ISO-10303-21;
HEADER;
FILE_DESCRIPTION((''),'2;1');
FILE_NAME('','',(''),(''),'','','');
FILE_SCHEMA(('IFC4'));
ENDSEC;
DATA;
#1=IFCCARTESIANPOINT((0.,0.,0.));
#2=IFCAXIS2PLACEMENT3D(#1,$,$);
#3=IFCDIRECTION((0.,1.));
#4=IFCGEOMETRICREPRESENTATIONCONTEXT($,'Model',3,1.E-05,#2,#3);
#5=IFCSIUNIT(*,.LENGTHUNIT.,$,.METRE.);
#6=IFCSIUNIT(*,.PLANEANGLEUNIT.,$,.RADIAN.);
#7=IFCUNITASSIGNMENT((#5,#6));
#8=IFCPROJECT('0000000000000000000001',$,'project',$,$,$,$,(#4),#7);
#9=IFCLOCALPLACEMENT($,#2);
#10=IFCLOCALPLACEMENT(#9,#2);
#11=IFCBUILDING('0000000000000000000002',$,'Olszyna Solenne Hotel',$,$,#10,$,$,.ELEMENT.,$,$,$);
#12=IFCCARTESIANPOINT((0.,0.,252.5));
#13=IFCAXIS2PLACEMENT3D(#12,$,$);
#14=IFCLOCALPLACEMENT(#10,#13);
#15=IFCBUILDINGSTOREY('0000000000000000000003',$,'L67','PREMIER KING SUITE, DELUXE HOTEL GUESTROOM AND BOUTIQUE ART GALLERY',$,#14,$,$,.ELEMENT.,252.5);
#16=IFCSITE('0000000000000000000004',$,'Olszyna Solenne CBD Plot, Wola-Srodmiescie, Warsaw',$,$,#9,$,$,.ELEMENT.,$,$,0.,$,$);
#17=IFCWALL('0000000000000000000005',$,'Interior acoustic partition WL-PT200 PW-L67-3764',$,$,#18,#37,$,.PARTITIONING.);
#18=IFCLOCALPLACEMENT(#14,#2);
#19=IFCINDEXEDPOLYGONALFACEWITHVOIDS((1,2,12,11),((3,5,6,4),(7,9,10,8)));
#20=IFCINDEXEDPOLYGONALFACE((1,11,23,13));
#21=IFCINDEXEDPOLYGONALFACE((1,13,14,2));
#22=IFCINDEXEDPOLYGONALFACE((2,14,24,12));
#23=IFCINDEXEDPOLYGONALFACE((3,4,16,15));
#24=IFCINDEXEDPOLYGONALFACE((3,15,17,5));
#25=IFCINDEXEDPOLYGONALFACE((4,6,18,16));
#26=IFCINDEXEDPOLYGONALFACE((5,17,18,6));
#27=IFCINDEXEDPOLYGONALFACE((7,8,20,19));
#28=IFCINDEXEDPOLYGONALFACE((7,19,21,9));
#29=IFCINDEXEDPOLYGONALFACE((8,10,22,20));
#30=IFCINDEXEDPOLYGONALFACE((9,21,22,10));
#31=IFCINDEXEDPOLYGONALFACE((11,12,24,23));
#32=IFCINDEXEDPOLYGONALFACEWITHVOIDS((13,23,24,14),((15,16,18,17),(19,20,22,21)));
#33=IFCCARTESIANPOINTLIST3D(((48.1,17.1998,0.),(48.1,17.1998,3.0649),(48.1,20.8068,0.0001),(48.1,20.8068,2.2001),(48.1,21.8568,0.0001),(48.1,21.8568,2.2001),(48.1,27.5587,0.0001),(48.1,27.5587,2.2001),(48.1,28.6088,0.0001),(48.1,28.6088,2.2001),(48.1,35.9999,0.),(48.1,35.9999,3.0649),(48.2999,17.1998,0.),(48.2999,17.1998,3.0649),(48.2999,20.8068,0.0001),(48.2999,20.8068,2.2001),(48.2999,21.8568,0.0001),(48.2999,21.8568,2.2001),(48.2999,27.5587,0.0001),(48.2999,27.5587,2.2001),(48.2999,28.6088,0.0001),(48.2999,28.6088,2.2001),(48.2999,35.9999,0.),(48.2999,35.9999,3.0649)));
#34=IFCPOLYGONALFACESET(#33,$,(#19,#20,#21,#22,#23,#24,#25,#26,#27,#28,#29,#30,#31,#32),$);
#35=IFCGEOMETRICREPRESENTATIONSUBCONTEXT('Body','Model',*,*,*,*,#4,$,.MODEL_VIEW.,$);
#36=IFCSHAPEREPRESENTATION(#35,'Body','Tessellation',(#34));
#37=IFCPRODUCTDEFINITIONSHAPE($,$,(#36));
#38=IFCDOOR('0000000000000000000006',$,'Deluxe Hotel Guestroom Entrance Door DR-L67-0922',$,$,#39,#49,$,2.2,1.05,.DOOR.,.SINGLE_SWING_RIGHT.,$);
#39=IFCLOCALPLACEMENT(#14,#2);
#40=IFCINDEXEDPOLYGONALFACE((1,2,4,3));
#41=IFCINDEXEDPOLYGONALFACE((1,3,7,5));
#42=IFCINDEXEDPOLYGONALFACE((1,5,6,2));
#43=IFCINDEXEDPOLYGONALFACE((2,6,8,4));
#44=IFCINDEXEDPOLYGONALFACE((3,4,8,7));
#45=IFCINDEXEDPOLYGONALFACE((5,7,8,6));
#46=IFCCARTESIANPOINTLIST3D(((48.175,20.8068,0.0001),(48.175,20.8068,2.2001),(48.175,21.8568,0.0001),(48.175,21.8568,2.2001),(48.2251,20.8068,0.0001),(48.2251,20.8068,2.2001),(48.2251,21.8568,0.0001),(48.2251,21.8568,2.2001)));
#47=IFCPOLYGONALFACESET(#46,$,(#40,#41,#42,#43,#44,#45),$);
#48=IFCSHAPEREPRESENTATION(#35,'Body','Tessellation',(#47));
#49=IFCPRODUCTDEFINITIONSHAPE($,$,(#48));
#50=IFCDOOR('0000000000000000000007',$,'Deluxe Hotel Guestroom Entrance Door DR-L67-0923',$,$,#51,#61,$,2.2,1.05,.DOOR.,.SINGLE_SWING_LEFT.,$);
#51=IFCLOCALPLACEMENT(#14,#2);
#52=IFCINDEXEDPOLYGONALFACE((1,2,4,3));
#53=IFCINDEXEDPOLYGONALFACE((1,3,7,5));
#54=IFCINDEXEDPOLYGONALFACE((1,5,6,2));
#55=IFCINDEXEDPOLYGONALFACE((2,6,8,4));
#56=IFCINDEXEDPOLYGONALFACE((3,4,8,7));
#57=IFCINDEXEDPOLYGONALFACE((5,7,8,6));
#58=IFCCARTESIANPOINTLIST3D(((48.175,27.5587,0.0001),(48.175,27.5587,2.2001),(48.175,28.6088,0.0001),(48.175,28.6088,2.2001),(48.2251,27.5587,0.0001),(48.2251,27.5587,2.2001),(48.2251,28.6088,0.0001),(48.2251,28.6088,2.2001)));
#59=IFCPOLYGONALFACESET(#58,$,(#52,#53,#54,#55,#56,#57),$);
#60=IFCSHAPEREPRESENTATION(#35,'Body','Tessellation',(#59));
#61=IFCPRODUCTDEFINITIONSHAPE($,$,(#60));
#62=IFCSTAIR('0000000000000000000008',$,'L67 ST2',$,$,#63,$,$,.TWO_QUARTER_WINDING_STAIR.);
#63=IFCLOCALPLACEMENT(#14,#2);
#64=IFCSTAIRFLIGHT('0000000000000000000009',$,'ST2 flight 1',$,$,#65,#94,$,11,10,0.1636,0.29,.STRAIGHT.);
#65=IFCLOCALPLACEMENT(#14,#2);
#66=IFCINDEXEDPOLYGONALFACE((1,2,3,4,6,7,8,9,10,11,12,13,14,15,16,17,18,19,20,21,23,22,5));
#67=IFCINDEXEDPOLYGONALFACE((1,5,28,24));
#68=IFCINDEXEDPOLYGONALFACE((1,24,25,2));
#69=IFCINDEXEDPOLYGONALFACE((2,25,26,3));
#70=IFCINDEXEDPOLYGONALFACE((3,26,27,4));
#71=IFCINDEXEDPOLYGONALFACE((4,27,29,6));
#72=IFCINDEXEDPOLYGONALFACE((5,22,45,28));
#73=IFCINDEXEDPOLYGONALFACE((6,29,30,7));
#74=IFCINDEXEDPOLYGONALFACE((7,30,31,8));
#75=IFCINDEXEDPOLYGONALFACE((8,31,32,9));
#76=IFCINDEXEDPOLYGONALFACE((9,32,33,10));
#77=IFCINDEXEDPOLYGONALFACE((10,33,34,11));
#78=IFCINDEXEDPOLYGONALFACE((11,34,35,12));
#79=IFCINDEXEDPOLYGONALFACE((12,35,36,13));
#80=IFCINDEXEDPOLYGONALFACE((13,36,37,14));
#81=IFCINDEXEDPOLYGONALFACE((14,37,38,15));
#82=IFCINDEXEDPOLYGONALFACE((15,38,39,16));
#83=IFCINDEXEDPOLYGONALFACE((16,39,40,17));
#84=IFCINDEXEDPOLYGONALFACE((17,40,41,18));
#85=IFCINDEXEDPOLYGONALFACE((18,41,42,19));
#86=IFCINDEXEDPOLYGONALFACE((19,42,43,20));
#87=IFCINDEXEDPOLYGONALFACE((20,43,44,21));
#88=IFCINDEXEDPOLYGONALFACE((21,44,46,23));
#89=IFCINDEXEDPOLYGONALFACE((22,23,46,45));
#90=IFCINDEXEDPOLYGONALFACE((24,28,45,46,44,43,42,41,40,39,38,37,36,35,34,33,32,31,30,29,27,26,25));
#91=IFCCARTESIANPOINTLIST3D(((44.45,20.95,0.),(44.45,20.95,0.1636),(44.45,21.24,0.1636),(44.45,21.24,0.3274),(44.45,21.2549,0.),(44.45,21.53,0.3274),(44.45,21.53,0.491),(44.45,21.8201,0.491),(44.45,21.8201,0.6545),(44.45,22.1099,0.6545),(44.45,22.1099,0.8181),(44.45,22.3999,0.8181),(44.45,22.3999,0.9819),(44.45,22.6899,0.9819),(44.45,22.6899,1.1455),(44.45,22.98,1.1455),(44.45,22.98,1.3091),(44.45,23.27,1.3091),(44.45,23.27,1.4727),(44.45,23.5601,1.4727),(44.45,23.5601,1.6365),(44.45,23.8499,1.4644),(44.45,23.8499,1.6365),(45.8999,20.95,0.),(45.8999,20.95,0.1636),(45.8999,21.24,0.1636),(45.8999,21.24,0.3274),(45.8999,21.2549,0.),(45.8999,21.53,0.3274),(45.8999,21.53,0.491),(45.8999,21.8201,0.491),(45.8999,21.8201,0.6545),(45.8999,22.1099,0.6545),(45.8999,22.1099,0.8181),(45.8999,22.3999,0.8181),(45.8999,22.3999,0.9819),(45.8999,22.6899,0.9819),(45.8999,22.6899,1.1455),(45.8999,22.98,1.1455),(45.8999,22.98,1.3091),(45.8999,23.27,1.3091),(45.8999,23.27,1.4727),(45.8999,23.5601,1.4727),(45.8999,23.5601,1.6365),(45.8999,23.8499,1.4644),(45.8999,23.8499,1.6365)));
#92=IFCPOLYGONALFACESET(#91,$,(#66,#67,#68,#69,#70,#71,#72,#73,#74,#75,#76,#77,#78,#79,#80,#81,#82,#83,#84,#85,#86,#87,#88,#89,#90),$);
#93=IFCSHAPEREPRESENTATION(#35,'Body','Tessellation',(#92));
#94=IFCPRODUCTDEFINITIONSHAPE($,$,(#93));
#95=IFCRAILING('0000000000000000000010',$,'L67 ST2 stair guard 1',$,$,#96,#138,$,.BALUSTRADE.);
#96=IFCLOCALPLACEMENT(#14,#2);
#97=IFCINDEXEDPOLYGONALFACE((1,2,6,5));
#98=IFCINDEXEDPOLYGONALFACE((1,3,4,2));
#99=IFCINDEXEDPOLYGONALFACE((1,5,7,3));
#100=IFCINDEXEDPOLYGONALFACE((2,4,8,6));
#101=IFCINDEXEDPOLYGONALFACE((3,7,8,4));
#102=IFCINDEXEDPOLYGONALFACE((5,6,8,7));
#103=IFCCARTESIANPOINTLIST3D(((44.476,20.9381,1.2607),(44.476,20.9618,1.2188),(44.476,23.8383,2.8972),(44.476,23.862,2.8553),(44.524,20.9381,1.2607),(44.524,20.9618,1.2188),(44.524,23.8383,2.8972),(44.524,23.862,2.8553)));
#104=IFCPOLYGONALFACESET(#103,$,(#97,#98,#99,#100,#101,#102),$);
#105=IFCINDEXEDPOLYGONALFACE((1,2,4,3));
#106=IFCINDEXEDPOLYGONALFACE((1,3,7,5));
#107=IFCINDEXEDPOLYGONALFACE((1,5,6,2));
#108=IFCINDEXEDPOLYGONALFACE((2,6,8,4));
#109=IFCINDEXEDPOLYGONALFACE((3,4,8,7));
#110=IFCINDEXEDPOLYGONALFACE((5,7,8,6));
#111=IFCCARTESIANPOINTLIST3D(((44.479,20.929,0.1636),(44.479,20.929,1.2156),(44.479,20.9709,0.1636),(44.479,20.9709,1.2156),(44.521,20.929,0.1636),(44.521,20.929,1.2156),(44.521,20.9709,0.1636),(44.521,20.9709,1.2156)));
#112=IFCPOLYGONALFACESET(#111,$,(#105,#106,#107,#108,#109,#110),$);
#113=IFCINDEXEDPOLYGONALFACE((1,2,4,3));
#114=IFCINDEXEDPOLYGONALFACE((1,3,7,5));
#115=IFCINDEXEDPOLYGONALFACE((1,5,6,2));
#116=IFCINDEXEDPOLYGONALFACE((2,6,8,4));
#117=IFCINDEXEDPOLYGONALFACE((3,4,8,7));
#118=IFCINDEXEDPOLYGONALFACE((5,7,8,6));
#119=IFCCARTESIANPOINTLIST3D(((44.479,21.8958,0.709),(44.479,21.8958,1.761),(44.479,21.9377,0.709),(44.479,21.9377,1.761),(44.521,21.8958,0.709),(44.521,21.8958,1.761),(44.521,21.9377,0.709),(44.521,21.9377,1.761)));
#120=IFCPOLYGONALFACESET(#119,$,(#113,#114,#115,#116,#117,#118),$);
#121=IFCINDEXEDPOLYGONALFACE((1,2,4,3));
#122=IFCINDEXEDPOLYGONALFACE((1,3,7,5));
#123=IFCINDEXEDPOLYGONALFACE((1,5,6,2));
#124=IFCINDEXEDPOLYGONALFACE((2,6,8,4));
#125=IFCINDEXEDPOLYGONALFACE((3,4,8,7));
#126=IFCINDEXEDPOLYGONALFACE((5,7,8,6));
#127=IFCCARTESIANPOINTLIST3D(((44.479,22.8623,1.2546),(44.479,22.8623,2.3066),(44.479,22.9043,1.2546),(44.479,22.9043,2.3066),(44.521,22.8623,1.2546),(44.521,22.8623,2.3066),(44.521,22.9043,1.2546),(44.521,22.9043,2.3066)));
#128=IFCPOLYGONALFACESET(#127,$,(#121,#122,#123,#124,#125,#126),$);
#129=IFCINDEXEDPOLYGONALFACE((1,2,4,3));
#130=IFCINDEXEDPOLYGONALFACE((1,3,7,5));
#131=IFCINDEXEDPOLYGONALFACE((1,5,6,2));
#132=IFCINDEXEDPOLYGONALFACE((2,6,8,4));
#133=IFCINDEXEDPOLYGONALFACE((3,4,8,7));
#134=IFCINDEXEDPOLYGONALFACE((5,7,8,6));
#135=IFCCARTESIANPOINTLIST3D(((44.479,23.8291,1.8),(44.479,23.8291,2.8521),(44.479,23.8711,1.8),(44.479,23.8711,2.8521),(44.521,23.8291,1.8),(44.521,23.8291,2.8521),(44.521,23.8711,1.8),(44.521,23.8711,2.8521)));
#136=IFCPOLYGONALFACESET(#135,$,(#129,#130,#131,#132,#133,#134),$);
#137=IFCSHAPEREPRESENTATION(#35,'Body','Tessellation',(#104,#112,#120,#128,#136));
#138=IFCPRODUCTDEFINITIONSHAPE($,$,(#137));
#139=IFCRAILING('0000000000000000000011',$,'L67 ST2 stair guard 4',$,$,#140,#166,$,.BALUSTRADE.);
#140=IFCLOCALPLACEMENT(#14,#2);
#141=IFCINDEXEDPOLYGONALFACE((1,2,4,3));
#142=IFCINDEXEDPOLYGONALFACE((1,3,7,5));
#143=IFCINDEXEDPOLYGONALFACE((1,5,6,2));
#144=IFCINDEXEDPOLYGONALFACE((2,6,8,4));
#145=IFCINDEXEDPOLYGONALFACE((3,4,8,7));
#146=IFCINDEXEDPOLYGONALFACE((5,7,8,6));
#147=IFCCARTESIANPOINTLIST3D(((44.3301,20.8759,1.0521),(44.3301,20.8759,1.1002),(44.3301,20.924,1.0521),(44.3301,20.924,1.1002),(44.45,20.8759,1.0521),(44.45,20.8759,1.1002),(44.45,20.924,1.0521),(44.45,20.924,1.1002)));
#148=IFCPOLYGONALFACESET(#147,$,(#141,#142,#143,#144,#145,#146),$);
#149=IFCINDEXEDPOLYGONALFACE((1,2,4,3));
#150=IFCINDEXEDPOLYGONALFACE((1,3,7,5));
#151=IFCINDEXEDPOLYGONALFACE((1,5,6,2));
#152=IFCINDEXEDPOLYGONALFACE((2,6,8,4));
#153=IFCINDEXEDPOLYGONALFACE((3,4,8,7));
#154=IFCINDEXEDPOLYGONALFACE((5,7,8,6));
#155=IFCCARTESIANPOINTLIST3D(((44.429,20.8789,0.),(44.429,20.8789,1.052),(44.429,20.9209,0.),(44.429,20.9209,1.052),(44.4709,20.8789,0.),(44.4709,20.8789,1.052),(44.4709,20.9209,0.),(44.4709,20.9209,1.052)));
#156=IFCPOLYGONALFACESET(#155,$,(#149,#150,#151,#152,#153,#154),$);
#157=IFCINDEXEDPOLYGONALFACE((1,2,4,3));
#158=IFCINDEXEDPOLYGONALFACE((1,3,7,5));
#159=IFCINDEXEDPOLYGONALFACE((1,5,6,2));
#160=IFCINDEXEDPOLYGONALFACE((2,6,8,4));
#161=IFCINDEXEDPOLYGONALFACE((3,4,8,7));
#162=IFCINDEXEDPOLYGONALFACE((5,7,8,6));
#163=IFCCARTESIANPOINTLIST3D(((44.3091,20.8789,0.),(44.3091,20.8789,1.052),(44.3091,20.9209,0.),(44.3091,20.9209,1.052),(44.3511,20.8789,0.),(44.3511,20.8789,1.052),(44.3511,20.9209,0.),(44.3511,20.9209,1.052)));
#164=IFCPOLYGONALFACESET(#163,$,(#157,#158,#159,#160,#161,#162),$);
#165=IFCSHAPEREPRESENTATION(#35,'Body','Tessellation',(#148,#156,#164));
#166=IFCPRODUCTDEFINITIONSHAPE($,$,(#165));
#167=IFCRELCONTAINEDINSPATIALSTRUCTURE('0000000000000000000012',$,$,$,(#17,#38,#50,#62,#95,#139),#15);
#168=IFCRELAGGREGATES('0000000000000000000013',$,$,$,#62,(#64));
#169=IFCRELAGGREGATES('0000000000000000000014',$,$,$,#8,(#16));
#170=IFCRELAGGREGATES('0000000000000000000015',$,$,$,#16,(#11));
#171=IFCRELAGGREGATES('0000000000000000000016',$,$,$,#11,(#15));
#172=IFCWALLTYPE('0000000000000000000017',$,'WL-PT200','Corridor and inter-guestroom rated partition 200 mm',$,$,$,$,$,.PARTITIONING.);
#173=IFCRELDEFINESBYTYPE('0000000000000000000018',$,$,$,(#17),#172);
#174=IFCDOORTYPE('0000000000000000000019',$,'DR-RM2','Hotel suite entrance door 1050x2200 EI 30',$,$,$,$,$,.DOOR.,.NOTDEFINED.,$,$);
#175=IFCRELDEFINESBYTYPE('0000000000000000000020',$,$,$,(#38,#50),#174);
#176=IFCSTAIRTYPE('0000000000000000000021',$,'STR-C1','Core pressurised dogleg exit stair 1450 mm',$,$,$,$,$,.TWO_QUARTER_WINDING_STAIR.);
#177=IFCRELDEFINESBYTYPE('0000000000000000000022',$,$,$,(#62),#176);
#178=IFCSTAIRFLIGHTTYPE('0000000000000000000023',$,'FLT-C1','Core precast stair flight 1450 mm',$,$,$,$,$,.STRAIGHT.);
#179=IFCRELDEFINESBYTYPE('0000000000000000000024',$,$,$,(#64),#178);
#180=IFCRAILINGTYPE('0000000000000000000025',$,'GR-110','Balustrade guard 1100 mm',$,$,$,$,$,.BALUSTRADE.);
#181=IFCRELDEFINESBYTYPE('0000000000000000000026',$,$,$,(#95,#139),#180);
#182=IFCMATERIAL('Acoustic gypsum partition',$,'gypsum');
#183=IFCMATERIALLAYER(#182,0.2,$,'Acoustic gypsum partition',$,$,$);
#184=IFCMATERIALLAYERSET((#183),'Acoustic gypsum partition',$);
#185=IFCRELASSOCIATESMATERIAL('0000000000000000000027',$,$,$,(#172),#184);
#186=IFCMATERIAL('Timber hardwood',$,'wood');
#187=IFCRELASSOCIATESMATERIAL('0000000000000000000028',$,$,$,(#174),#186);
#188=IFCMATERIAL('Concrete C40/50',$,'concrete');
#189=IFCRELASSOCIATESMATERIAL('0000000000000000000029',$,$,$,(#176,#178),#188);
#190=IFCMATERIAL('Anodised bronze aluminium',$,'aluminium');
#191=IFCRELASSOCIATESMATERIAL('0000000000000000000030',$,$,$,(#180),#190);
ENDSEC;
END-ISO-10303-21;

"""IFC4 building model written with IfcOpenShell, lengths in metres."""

from ifc_helpers import new_model, si_unit, direction, frame, frame_2d, origin, origin_2d, place, context, subcontext, project, spatial, polyline, rectangle, outline, extrude, source, transform, mapped, material, layer, layer_set, type_object, type_shapes, element, fill, aggregate, save


model = new_model("IFC4")

# Units and contexts
model_context = context("Model", 3, precision=1e-05, world=origin(), true_north=direction((0.0, 1.0)))
body_context = subcontext(model_context, "Body", "Model", "MODEL_VIEW")
ifc_project = project(units=[si_unit("LENGTHUNIT", "METRE"), si_unit("PLANEANGLEUNIT", "RADIAN")], contexts=[model_context])

# Site, building, storey
site_placement = place(None, origin())
site = spatial("IfcSite", under=ifc_project, at=site_placement, Name="Olszyna Solenne CBD Plot, Wola-Srodmiescie, Warsaw", CompositionType="ELEMENT", RefElevation=0.0)
building_placement = place(site_placement, origin())
building = spatial("IfcBuilding", under=site, at=building_placement, Name="Olszyna Solenne Hotel", CompositionType="ELEMENT")
storey_placement = place(building_placement, frame((0.0, 0.0, 252.5)))
storey = spatial("IfcBuildingStorey", under=building, at=storey_placement, Name="L67", Description="PREMIER KING SUITE, DELUXE HOTEL GUESTROOM AND BOUTIQUE ART GALLERY", CompositionType="ELEMENT", Elevation=252.5)

# Shared definitions
ifc_material_1 = material(Name="Acoustic gypsum partition", Category="gypsum")

# Shared definitions
ifc_material_2 = material(Name="Timber hardwood", Category="wood")

# Shared definitions
ifc_layer_1 = layer(ifc_material_1, 0.2, Name="Acoustic gypsum partition")
ifc_layer_set_1 = layer_set([ifc_layer_1], Name="Acoustic gypsum partition")
wall_type_1 = type_object("IfcWallType", Name="WL-PT200", Description="Corridor and inter-guestroom rated partition 200 mm", PredefinedType="PARTITIONING", material=ifc_layer_set_1)

# Wall, openings, doors
wall_1_placement = place(storey_placement, frame((48.2, 17.2, 0.0), z_axis=(0.0, 0.0, 1.0), x_axis=(0.0, 1.0, 0.0)))
wall_1 = element("IfcWall", 1, at=wall_1_placement, inside=storey, type_object=wall_type_1, Name="Interior acoustic partition WL-PT200 PW-L67-3764", PredefinedType="PARTITIONING", context=body_context, shape_type="SweptSolid", body=[
    extrude(rectangle(XDim=18.8, YDim=0.2, at=frame_2d((9.3999, 0.0))), origin(), (0.0, 0.0, 1.0), 3.0649),
])
opening_1_placement = place(wall_1_placement, frame((3.6069, 0.0, 0.0)))
opening_1 = element("IfcOpeningElement", 2, at=opening_1_placement, cuts=wall_1, PredefinedType="OPENING", context=body_context, shape_type="SweptSolid", body=[
    extrude(rectangle(XDim=1.05, YDim=2.2, at=frame_2d((0.5249, 1.1001))), frame((0.0, 0.1099, 0.0), z_axis=(0.0, -1.0, 0.0), x_axis=(1.0, 0.0, 0.0)), (0.0, 0.0, 1.0), 0.22),
])
opening_2_placement = place(wall_1_placement, frame((10.3589, 0.0, 0.0)))
opening_2 = element("IfcOpeningElement", 3, at=opening_2_placement, cuts=wall_1, PredefinedType="OPENING", context=body_context, shape_type="SweptSolid", body=[
    extrude(rectangle(XDim=1.05, YDim=2.2, at=frame_2d((0.5249, 1.1001))), frame((0.0, 0.1099, 0.0), z_axis=(0.0, -1.0, 0.0), x_axis=(1.0, 0.0, 0.0)), (0.0, 0.0, 1.0), 0.22),
])
door_type_1 = type_object("IfcDoorType", Name="DR-RM2", Description="Hotel suite entrance door 1050x2200 EI 30", OperationType="NOTDEFINED", PredefinedType="DOOR", material=ifc_material_2)
shared_shape_1 = source(origin(), body_context, "Body", "SweptSolid", [
    extrude(rectangle(XDim=1.05, YDim=2.2, at=frame_2d((0.5249, 1.1001))), frame((0.0, 0.0249, 0.0), z_axis=(0.0, -1.0, 0.0), x_axis=(1.0, 0.0, 0.0)), (0.0, 0.0, 1.0), 0.05),
])
type_shapes(door_type_1, [shared_shape_1])
door_1_placement = place(opening_1_placement, origin())
door_1 = element("IfcDoor", 4, at=door_1_placement, inside=storey, type_object=door_type_1, Name="Deluxe Hotel Guestroom Entrance Door DR-L67-0922", OperationType="SINGLE_SWING_RIGHT", OverallHeight=2.2, OverallWidth=1.05, PredefinedType="DOOR", context=body_context, shape_type="MappedRepresentation", body=[
    mapped(shared_shape_1, transform((0.0, 0.0, 0.0), x_axis=(1.0, 0.0, 0.0), y_axis=(0.0, 1.0, 0.0), z_axis=(0.0, 0.0, 1.0), scale=1.0)),
])
fill(opening_1, door_1)
door_2_placement = place(opening_2_placement, origin())
door_2 = element("IfcDoor", 5, at=door_2_placement, inside=storey, type_object=door_type_1, Name="Deluxe Hotel Guestroom Entrance Door DR-L67-0923", OperationType="SINGLE_SWING_LEFT", OverallHeight=2.2, OverallWidth=1.05, PredefinedType="DOOR", context=body_context, shape_type="MappedRepresentation", body=[
    mapped(shared_shape_1, transform((0.0, 0.0, 0.0), x_axis=(1.0, 0.0, 0.0), y_axis=(0.0, 1.0, 0.0), z_axis=(0.0, 0.0, 1.0), scale=1.0)),
])
fill(opening_2, door_2)

# Stair, stair flight
ifc_material_3 = material(Name="Concrete C40/50", Category="concrete")
stair_type = type_object("IfcStairType", Name="STR-C1", Description="Core pressurised dogleg exit stair 1450 mm", PredefinedType="TWO_QUARTER_WINDING_STAIR", material=ifc_material_3)
stair_placement = place(storey_placement, origin())
stair = element("IfcStair", 6, at=stair_placement, inside=storey, type_object=stair_type, Name="L67 ST2", PredefinedType="TWO_QUARTER_WINDING_STAIR")
stair_flight_type = type_object("IfcStairFlightType", Name="FLT-C1", Description="Core precast stair flight 1450 mm", PredefinedType="STRAIGHT", material=ifc_material_3)
stair_flight_placement = place(storey_placement, frame((45.175, 20.95, 0.0), z_axis=(0.0, 0.0, 1.0), x_axis=(0.0, 1.0, 0.0)))
stair_flight = element("IfcStairFlight", 7, at=stair_flight_placement, type_object=stair_flight_type, Name="ST2 flight 1", NumberOfRisers=11, NumberOfTreads=10, PredefinedType="STRAIGHT", RiserHeight=0.1636, TreadLength=0.29, context=body_context, shape_type="SweptSolid", body=[
    extrude(outline(polyline([(0.0, 0.0), (0.0, 0.1636), (0.29, 0.1636), (0.29, 0.3274), (0.5801, 0.3274), (0.5801, 0.491), (0.8701, 0.491), (0.8701, 0.6545), (1.1599, 0.6545), (1.1599, 0.8181), (1.45, 0.8181), (1.45, 0.9819), (1.74, 0.9819), (1.74, 1.1455), (2.03, 1.1455), (2.03, 1.3091), (2.3201, 1.3091), (2.3201, 1.4727), (2.6101, 1.4727), (2.6101, 1.6365), (2.8999, 1.6365), (2.8999, 1.8), (2.8999, 1.4644), (0.3049, 0.0), (0.0, 0.0)])), frame((0.0, 0.7251, 0.0), z_axis=(0.0, -1.0, 0.0), x_axis=(1.0, 0.0, 0.0)), (0.0, 0.0, 1.0), 1.45),
])
aggregate(stair, [stair_flight])

# Railings
ifc_material_4 = material(Name="Anodised bronze aluminium", Category="aluminium")
railing_type = type_object("IfcRailingType", Name="GR-110", Description="Balustrade guard 1100 mm", PredefinedType="BALUSTRADE", material=ifc_material_4)
railing_1_placement = place(storey_placement, frame((44.5, 20.95, 0.1636)))
element("IfcRailing", 8, at=railing_1_placement, inside=storey, type_object=railing_type, Name="L67 ST2 stair guard 1", PredefinedType="BALUSTRADE", context=body_context, shape_type="SweptSolid", body=[
    extrude(rectangle(XDim=0.0481, YDim=0.0481, at=origin_2d()), frame((0.0, 0.0, 1.0762), z_axis=(0.0, 0.870915, 0.491434), x_axis=(-1.0, 0.0, 0.0)), (0.0, 0.0, 1.0), 3.3301),
    extrude(rectangle(XDim=0.042, YDim=0.042, at=origin_2d()), origin(), (0.0, 0.0, 1.0), 1.052),
    extrude(rectangle(XDim=0.042, YDim=0.042, at=origin_2d()), frame((0.0, 0.9668, 0.5454)), (0.0, 0.0, 1.0), 1.052),
    extrude(rectangle(XDim=0.042, YDim=0.042, at=origin_2d()), frame((0.0, 1.9333, 1.0911)), (0.0, 0.0, 1.0), 1.052),
    extrude(rectangle(XDim=0.042, YDim=0.042, at=origin_2d()), frame((0.0, 2.9001, 1.6365)), (0.0, 0.0, 1.0), 1.052),
])
railing_2_placement = place(storey_placement, frame((44.45, 20.8999, 0.0)))
element("IfcRailing", 9, at=railing_2_placement, inside=storey, type_object=railing_type, Name="L67 ST2 stair guard 4", PredefinedType="BALUSTRADE", context=body_context, shape_type="SweptSolid", body=[
    extrude(rectangle(XDim=0.0481, YDim=0.0481, at=origin_2d()), frame((0.0, 0.0, 1.0762), z_axis=(-1.0, 0.0, 0.0), x_axis=(0.0, -1.0, 0.0)), (0.0, 0.0, 1.0), 0.1199),
    extrude(rectangle(XDim=0.042, YDim=0.042, at=origin_2d()), origin(), (0.0, 0.0, 1.0), 1.052),
    extrude(rectangle(XDim=0.042, YDim=0.042, at=origin_2d()), frame((-0.1199, 0.0, 0.0)), (0.0, 0.0, 1.0), 1.052),
])

save(model, "model.ifc")
